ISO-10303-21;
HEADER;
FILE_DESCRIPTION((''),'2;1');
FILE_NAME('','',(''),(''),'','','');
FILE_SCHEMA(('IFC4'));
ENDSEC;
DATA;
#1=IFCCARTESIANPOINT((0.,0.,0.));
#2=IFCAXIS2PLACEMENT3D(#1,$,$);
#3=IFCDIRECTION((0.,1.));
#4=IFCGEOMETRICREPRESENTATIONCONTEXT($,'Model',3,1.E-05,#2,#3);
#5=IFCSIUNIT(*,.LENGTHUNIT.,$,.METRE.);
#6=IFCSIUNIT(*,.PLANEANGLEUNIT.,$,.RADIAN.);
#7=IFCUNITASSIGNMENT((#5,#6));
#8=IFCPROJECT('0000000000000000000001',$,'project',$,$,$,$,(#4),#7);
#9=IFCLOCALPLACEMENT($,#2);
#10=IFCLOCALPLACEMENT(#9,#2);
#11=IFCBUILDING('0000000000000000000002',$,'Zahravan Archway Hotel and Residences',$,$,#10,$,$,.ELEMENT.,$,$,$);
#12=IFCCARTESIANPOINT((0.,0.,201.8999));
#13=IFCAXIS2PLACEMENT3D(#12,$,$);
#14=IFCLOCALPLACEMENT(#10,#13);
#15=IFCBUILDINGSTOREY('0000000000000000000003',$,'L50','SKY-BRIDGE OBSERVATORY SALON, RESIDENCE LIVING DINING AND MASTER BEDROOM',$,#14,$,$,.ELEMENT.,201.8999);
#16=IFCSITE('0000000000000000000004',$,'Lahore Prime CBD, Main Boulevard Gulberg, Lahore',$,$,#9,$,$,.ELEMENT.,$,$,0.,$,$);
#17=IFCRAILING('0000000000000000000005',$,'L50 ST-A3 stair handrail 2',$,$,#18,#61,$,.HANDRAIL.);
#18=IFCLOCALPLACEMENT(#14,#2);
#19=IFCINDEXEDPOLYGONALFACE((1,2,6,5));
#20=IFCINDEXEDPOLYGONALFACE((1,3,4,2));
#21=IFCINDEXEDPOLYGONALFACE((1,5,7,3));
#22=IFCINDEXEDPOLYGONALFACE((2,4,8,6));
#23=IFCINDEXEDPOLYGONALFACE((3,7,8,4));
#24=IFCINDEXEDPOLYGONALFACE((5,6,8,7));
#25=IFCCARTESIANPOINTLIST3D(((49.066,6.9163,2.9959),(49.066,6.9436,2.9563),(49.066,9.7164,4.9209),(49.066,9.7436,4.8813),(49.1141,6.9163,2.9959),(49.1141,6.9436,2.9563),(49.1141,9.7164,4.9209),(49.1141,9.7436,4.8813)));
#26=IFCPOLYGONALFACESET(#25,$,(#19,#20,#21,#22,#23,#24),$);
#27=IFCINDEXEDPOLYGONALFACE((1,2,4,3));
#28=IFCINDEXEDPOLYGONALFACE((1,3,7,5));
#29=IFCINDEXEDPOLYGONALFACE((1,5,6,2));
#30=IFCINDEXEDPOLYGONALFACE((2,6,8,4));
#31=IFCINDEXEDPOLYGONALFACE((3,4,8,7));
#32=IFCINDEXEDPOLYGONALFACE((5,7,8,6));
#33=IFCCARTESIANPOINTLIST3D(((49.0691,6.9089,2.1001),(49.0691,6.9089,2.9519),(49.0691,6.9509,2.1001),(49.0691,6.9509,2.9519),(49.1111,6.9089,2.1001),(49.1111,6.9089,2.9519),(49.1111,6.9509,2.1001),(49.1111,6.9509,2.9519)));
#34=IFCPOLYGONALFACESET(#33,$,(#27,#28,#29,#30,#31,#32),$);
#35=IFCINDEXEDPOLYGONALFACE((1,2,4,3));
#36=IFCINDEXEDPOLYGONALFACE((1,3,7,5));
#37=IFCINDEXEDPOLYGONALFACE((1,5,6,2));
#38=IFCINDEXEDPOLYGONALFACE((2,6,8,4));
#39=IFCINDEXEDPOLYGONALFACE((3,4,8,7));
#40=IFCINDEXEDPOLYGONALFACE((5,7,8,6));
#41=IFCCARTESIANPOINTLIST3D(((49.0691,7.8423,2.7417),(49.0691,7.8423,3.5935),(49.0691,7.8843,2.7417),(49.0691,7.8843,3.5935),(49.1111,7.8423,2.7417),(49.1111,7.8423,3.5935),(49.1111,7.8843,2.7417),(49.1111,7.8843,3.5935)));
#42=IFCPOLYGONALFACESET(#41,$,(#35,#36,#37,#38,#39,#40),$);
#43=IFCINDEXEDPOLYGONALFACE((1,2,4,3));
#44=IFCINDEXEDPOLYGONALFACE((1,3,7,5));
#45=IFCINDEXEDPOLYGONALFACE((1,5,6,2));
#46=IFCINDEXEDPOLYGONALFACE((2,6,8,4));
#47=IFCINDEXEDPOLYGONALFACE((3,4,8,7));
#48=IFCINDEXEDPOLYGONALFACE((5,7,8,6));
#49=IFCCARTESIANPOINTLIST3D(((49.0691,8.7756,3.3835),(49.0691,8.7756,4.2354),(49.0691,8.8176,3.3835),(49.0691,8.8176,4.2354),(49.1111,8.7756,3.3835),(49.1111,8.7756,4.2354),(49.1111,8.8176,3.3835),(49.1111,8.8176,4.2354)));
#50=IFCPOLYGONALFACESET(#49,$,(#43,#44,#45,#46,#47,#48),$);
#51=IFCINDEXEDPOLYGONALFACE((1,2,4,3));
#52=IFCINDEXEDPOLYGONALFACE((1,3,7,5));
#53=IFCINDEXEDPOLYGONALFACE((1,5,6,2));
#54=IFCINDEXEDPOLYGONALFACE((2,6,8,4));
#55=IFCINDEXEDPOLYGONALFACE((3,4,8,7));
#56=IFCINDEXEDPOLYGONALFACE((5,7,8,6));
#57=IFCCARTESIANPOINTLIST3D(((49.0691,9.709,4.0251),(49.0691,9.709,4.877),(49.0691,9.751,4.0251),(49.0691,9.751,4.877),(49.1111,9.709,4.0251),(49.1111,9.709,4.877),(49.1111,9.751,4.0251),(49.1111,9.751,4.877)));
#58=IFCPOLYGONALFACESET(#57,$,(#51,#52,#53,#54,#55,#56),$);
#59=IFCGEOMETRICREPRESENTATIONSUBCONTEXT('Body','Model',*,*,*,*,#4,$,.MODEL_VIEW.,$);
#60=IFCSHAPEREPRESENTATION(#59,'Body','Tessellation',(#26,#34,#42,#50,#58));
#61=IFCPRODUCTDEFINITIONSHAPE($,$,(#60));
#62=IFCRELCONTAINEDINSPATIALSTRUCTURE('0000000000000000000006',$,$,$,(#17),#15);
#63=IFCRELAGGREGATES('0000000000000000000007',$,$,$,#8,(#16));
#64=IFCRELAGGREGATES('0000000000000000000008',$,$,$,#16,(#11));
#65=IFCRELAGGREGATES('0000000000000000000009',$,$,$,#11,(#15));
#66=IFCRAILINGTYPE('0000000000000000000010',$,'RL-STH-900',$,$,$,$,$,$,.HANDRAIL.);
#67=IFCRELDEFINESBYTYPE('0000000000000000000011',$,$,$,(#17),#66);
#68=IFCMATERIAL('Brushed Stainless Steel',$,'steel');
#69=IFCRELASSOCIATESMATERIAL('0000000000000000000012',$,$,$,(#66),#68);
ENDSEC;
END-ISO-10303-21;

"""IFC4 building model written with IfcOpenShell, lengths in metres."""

from ifc_helpers import new_model, si_unit, direction, frame, origin, origin_2d, place, context, subcontext, project, spatial, rectangle, extrude, material, type_object, element, save


model = new_model("IFC4")

# Units and contexts
model_context = context("Model", 3, precision=1e-05, world=origin(), true_north=direction((0.0, 1.0)))
body_context = subcontext(model_context, "Body", "Model", "MODEL_VIEW")
ifc_project = project(units=[si_unit("LENGTHUNIT", "METRE"), si_unit("PLANEANGLEUNIT", "RADIAN")], contexts=[model_context])

# Site, building, storey
site_placement = place(None, origin())
site = spatial("IfcSite", under=ifc_project, at=site_placement, Name="Lahore Prime CBD, Main Boulevard Gulberg, Lahore", CompositionType="ELEMENT", RefElevation=0.0)
building_placement = place(site_placement, origin())
building = spatial("IfcBuilding", under=site, at=building_placement, Name="Zahravan Archway Hotel and Residences", CompositionType="ELEMENT")
storey_placement = place(building_placement, frame((0.0, 0.0, 201.8999)))
storey = spatial("IfcBuildingStorey", under=building, at=storey_placement, Name="L50", Description="SKY-BRIDGE OBSERVATORY SALON, RESIDENCE LIVING DINING AND MASTER BEDROOM", CompositionType="ELEMENT", Elevation=201.8999)

# Shared definitions
ifc_material_1 = material(Name="Brushed Stainless Steel", Category="steel")

# Railing
railing_type_1 = type_object("IfcRailingType", Name="RL-STH-900", PredefinedType="HANDRAIL", material=ifc_material_1)
railing_1_placement = place(storey_placement, frame((49.0901, 6.9299, 2.1001)))
element("IfcRailing", 1, at=railing_1_placement, inside=storey, type_object=railing_type_1, Name="L50 ST-A3 stair handrail 2", PredefinedType="HANDRAIL", context=body_context, shape_type="SweptSolid", body=[
    extrude(rectangle(XDim=0.0481, YDim=0.0481, at=origin_2d()), frame((0.0, 0.0, 0.876), z_axis=(0.0, 0.82404, 0.566532), x_axis=(-1.0, 0.0, 0.0)), (0.0, 0.0, 1.0), 3.3979),
    extrude(rectangle(XDim=0.042, YDim=0.042, at=origin_2d()), origin(), (0.0, 0.0, 1.0), 0.8518),
    extrude(rectangle(XDim=0.042, YDim=0.042, at=origin_2d()), frame((0.0, 0.9333, 0.6416)), (0.0, 0.0, 1.0), 0.8518),
    extrude(rectangle(XDim=0.042, YDim=0.042, at=origin_2d()), frame((0.0, 1.8667, 1.2834)), (0.0, 0.0, 1.0), 0.8518),
    extrude(rectangle(XDim=0.042, YDim=0.042, at=origin_2d()), frame((0.0, 2.8, 1.925)), (0.0, 0.0, 1.0), 0.8518),
])

save(model, "model.ifc")
